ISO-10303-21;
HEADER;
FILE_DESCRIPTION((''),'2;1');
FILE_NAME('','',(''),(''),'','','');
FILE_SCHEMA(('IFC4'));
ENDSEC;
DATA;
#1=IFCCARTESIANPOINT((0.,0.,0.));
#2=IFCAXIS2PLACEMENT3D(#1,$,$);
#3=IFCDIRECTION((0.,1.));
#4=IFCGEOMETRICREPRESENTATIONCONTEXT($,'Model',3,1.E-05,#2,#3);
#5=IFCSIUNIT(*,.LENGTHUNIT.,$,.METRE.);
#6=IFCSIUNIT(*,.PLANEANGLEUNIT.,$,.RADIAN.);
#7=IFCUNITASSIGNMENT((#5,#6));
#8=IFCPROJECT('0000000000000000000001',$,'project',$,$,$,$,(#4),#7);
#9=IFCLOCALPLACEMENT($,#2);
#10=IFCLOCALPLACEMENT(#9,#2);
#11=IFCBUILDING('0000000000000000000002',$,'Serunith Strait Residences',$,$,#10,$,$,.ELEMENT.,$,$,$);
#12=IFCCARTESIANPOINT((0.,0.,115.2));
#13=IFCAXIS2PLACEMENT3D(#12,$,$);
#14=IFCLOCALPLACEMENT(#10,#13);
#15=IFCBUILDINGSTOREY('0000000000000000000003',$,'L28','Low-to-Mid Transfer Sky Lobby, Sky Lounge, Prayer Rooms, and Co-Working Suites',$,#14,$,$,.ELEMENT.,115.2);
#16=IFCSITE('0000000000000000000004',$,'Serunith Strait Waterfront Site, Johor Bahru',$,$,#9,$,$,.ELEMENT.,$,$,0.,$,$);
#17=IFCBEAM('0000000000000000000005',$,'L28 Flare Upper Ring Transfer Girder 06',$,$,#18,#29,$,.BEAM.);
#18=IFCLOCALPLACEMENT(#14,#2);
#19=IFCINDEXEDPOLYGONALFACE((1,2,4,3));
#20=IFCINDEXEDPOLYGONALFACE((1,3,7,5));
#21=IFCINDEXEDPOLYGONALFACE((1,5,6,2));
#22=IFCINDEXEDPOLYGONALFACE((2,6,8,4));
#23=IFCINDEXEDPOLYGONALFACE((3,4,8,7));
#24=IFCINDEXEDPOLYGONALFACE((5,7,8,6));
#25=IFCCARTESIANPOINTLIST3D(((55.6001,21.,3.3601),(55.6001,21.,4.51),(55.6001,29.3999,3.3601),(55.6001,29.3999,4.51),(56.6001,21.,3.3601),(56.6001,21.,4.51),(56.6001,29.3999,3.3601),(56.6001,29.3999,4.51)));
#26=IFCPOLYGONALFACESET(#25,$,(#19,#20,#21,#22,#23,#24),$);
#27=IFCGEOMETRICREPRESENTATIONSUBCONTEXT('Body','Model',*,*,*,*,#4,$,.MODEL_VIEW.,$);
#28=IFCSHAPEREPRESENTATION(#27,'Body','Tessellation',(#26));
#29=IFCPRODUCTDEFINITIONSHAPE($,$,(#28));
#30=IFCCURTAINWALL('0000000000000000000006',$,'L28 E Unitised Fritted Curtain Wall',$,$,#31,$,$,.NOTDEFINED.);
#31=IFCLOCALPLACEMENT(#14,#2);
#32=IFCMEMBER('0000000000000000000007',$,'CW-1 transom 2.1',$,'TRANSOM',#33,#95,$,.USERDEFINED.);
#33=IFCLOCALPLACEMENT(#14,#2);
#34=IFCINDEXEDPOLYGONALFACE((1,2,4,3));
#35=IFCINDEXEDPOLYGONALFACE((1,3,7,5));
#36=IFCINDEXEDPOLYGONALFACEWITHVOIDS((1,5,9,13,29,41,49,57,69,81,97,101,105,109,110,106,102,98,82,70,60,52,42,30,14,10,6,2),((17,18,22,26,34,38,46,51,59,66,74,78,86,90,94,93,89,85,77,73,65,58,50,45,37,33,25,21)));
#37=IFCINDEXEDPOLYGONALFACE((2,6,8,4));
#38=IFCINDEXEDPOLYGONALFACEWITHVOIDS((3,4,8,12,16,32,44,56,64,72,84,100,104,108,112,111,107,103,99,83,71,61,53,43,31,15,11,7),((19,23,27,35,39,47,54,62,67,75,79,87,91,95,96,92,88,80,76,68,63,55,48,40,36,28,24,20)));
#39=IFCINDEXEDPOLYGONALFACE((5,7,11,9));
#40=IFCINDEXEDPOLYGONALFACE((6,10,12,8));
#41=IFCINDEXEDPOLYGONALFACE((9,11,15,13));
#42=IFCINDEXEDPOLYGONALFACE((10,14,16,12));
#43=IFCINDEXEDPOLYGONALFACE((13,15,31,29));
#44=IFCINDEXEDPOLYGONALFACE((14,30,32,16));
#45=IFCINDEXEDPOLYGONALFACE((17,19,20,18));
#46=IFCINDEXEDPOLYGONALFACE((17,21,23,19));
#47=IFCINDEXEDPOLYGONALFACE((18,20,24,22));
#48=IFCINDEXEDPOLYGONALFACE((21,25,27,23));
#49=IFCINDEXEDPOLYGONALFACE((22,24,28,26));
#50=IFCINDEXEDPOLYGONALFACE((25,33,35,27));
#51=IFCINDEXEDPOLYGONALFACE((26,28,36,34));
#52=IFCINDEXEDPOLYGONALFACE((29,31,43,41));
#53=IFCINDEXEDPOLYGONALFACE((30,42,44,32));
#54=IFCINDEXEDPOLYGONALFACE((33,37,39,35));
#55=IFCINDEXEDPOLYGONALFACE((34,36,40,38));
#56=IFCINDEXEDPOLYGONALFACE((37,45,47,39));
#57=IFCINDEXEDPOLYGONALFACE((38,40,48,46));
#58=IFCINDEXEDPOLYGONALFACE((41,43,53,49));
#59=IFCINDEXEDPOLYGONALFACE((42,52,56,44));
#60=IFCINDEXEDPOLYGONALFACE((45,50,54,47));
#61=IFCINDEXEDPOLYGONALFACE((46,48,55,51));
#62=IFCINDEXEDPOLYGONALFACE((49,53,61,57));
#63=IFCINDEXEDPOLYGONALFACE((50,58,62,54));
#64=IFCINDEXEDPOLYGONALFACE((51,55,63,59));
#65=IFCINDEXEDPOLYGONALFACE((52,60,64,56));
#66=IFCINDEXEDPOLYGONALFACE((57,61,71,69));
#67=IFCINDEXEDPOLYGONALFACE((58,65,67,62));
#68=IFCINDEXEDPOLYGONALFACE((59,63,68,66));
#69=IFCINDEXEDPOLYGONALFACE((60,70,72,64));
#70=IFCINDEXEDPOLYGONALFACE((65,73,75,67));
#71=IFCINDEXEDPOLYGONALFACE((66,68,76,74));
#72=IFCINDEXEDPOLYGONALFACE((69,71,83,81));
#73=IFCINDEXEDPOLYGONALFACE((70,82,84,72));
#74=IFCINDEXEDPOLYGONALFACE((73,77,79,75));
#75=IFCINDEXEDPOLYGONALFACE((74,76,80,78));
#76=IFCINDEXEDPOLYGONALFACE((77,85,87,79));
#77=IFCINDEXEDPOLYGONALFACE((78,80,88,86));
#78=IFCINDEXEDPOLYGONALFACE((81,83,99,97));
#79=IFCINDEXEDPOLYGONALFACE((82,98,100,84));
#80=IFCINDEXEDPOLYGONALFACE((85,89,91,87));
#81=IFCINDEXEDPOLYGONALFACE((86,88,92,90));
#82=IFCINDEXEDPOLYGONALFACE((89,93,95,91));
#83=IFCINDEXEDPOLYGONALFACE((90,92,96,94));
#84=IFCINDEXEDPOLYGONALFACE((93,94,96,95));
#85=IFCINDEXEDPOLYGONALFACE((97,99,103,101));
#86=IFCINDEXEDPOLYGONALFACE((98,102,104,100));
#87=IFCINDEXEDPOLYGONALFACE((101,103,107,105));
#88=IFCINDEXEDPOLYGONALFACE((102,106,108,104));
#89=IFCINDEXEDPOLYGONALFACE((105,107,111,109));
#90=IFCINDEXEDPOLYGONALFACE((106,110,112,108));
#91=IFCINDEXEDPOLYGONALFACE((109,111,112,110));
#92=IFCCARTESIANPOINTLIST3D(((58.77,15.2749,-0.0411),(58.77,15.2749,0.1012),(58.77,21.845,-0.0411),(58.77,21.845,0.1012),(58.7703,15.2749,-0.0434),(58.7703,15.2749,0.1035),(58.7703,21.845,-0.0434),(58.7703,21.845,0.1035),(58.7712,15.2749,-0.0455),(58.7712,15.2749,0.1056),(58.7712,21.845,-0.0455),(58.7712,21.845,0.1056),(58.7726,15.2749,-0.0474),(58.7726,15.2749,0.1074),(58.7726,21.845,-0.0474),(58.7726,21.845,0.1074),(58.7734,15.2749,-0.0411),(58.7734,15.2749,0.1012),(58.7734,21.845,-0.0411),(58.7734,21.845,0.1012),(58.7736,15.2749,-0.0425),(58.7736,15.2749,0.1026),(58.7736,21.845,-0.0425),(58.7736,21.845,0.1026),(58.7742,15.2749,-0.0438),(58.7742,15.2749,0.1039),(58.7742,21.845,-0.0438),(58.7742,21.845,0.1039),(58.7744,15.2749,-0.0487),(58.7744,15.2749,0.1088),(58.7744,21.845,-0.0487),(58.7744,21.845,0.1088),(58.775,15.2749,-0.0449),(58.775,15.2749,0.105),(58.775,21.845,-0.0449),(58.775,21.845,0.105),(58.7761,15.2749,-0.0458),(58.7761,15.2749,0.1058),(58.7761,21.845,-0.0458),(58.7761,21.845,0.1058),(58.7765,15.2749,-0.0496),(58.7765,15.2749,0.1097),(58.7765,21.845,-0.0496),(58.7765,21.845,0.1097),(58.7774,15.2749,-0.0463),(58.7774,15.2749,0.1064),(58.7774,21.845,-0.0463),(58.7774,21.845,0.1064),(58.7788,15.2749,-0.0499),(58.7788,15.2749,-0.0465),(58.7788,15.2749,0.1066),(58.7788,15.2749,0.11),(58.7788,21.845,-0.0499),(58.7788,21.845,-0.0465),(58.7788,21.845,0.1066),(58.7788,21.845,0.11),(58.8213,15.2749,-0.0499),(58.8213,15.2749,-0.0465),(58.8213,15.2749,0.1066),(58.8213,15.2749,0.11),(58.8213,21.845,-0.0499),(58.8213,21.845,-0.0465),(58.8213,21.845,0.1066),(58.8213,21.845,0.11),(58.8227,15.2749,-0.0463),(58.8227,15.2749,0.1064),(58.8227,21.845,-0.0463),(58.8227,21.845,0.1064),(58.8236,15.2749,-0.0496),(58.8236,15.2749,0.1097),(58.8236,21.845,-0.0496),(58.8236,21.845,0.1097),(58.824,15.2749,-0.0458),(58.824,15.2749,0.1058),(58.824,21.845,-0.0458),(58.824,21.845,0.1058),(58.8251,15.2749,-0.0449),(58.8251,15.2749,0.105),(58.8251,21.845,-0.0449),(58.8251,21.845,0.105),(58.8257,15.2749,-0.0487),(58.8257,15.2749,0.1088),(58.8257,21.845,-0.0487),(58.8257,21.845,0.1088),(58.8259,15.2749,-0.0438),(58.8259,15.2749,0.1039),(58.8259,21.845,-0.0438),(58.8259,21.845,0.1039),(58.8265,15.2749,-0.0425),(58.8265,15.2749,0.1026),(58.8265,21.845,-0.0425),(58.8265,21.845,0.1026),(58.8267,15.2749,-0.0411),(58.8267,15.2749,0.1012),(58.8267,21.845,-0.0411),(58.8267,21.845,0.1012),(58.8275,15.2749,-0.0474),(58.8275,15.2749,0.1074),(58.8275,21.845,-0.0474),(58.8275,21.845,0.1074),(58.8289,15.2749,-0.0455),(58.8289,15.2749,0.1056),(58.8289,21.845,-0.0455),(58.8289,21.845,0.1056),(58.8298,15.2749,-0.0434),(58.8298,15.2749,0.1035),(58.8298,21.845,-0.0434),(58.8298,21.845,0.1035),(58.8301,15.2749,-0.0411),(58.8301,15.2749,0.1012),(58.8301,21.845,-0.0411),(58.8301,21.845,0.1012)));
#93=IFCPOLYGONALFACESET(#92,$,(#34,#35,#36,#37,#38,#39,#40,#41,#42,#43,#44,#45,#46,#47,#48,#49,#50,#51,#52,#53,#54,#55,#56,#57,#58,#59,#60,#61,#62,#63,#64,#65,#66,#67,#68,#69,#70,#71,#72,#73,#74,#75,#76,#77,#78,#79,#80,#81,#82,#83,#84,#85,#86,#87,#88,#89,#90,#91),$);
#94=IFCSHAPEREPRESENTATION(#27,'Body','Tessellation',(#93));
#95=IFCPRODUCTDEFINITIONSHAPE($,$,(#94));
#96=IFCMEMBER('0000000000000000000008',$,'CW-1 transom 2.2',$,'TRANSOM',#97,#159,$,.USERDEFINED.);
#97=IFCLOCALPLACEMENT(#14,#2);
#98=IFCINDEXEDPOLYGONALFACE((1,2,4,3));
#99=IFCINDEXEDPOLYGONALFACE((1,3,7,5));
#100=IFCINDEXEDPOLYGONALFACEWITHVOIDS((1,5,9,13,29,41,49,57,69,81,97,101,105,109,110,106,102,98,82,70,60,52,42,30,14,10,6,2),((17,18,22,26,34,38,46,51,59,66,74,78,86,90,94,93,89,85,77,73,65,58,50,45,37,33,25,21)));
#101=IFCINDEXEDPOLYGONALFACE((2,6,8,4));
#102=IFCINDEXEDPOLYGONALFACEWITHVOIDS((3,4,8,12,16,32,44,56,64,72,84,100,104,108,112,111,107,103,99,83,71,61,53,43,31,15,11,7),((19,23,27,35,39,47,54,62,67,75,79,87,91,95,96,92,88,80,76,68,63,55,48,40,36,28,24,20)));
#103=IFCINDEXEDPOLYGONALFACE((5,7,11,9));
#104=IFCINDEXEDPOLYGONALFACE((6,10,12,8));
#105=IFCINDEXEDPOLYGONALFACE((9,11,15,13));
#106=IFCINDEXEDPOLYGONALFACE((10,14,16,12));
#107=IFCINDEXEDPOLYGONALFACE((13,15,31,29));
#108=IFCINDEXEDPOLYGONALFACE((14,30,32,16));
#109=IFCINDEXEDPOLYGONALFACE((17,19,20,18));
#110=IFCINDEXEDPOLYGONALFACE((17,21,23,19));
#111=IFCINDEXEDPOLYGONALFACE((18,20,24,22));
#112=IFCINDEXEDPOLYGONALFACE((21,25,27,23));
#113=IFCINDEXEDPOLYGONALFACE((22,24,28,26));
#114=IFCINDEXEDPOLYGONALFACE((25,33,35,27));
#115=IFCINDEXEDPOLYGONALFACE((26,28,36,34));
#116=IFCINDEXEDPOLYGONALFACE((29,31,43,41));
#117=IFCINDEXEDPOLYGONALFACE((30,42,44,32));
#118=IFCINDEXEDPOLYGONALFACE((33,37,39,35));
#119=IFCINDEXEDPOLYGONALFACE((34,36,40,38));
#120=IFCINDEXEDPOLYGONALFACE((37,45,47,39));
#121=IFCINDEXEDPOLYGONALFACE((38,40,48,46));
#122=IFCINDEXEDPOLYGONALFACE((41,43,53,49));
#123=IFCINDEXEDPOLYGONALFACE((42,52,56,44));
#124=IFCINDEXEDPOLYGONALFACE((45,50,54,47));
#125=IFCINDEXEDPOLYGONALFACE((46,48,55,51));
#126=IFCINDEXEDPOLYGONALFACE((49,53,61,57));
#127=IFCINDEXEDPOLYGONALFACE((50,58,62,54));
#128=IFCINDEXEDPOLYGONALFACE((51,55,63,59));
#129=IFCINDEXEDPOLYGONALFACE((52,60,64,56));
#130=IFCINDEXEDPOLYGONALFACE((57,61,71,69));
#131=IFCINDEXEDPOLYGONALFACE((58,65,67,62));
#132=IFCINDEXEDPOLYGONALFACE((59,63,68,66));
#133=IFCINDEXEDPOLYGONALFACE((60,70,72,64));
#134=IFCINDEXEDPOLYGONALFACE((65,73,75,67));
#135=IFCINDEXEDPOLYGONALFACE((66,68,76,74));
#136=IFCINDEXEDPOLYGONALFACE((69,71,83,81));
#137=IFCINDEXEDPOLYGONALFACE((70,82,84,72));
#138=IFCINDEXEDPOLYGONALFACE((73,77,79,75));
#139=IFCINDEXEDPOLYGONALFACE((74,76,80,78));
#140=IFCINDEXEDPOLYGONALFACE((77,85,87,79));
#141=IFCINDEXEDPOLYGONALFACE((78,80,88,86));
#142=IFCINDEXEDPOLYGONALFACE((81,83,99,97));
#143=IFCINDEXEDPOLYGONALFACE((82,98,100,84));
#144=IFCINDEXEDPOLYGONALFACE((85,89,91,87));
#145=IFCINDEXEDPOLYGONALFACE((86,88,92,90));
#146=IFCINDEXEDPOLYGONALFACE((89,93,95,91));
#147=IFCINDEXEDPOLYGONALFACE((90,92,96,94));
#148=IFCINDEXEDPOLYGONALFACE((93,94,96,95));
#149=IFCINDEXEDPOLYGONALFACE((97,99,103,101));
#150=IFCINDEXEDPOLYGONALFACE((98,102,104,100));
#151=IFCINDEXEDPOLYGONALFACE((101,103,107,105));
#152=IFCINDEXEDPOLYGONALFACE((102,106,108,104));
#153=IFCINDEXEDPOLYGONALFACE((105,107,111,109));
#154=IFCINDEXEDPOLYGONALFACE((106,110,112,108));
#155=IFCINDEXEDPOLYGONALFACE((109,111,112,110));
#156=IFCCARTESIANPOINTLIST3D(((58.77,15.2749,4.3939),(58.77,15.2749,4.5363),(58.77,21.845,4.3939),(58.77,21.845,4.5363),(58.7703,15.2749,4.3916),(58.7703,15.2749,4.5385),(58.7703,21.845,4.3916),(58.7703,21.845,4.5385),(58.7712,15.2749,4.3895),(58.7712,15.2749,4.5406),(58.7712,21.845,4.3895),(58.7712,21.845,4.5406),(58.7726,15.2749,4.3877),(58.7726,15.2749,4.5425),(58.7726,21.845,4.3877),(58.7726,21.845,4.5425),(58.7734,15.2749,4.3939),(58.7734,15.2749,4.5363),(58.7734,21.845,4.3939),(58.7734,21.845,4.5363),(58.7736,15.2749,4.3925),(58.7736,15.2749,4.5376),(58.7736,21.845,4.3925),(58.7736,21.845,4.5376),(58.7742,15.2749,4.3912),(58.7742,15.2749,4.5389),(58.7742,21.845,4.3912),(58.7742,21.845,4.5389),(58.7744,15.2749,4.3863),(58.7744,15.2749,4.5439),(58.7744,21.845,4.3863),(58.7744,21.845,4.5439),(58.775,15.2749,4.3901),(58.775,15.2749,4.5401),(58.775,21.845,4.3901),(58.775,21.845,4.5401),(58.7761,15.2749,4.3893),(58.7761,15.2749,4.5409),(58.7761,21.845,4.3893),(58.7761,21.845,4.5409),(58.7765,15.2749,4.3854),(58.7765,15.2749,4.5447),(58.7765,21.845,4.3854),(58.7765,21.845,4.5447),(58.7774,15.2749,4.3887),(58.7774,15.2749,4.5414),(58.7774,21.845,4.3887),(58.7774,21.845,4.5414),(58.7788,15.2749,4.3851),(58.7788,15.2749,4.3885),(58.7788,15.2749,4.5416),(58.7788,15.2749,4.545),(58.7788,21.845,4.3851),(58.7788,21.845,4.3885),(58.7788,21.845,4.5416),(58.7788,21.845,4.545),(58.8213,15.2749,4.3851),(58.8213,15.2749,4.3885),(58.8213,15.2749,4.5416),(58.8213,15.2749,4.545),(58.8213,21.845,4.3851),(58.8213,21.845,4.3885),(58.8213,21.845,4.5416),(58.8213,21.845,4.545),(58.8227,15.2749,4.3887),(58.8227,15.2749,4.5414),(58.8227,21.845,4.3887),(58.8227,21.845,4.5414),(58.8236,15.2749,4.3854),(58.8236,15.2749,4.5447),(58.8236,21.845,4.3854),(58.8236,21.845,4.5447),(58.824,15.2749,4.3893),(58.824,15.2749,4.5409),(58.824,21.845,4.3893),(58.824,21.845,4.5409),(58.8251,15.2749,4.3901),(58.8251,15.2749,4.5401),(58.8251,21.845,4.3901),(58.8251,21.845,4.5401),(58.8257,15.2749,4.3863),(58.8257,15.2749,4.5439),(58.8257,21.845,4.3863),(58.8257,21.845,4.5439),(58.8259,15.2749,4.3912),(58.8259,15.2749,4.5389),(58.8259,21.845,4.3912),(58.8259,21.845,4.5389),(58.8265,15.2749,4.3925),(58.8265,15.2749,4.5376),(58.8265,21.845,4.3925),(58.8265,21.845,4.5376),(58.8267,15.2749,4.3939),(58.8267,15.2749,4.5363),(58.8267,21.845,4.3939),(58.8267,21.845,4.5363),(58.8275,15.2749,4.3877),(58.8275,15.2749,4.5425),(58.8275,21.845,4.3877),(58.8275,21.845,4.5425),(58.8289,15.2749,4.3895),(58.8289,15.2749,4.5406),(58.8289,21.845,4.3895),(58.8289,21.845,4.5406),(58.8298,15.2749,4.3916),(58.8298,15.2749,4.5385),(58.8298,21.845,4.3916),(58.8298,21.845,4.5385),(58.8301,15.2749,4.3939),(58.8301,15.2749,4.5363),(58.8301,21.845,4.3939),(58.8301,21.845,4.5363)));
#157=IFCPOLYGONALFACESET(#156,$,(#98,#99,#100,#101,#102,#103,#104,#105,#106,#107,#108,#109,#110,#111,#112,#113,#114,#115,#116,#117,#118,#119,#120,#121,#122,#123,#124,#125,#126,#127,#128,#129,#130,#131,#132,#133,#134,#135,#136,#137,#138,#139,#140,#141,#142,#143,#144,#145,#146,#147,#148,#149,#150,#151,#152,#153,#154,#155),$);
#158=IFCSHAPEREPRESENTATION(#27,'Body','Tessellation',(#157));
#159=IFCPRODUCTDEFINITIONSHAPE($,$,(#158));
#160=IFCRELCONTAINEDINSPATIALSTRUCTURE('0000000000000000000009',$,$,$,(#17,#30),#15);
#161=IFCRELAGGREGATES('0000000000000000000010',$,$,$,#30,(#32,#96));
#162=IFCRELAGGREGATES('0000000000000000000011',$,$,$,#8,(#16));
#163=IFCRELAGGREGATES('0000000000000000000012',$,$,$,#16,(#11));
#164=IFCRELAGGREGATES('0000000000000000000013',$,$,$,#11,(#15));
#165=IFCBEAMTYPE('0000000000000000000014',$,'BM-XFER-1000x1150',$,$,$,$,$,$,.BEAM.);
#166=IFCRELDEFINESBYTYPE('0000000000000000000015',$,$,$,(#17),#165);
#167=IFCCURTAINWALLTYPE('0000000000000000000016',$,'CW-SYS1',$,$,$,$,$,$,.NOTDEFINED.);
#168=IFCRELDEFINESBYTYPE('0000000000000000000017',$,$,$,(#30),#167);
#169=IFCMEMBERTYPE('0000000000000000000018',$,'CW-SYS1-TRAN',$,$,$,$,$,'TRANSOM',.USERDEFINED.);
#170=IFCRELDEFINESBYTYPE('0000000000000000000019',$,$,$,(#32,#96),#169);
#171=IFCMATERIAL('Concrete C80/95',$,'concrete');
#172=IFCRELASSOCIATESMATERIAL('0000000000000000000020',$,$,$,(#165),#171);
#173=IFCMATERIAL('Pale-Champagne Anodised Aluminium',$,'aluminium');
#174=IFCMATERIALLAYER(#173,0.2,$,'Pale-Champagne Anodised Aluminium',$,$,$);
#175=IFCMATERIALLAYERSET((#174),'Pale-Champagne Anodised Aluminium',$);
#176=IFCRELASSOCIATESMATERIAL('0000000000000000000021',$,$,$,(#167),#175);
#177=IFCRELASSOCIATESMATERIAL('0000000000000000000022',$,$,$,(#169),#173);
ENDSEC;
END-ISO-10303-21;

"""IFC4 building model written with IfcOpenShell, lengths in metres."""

from ifc_helpers import new_model, si_unit, direction, frame, origin, origin_2d, place, context, subcontext, project, spatial, rectangle, hollow_rectangle, extrude, source, transform, mapped, material, layer, layer_set, material_profile, profile_set, type_object, element, aggregate, save


model = new_model("IFC4")

# Units and contexts
model_context = context("Model", 3, precision=1e-05, world=origin(), true_north=direction((0.0, 1.0)))
body_context = subcontext(model_context, "Body", "Model", "MODEL_VIEW")
ifc_project = project(units=[si_unit("LENGTHUNIT", "METRE"), si_unit("PLANEANGLEUNIT", "RADIAN")], contexts=[model_context])

# Site, building, storey
site_placement = place(None, origin())
site = spatial("IfcSite", under=ifc_project, at=site_placement, Name="Serunith Strait Waterfront Site, Johor Bahru", CompositionType="ELEMENT", RefElevation=0.0)
building_placement = place(site_placement, origin())
building = spatial("IfcBuilding", under=site, at=building_placement, Name="Serunith Strait Residences", CompositionType="ELEMENT")
storey_placement = place(building_placement, frame((0.0, 0.0, 115.2)))
storey = spatial("IfcBuildingStorey", under=building, at=storey_placement, Name="L28", Description="Low-to-Mid Transfer Sky Lobby, Sky Lounge, Prayer Rooms, and Co-Working Suites", CompositionType="ELEMENT", Elevation=115.2)

# Shared definitions
ifc_material_1 = material(Name="Concrete C80/95", Category="concrete")

# Beam
ifc_material_profile_1 = material_profile(ifc_material_1, rectangle(XDim=1.0, YDim=1.1499, at=origin_2d()), Name="RC 1000x1150")
ifc_profile_set_1 = profile_set([ifc_material_profile_1], Name="Concrete C80/95")
beam_type_1 = type_object("IfcBeamType", Name="BM-XFER-1000x1150", PredefinedType="BEAM", material=ifc_profile_set_1)
shared_shape_1 = source(origin(), body_context, "Body", "SweptSolid", [
    extrude(rectangle(XDim=1.0, YDim=1.1499, at=origin_2d()), origin(), (0.0, 0.0, 1.0), 8.3999),
])
beam_1_placement = place(storey_placement, frame((56.1001, 21.0, 3.9351), z_axis=(0.0, 1.0, 0.0), x_axis=(-1.0, 0.0, 0.0)))
element("IfcBeam", 1, at=beam_1_placement, inside=storey, type_object=beam_type_1, Name="L28 Flare Upper Ring Transfer Girder 06", PredefinedType="BEAM", context=body_context, shape_type="MappedRepresentation", body=[
    mapped(shared_shape_1, transform((0.0, 0.0, 0.0), scale=1.0)),
])

# Curtain wall, members
ifc_material_2 = material(Name="Pale-Champagne Anodised Aluminium", Category="aluminium")
ifc_layer_1 = layer(ifc_material_2, 0.2, Name="Pale-Champagne Anodised Aluminium")
ifc_layer_set_1 = layer_set([ifc_layer_1], Name="Pale-Champagne Anodised Aluminium")
curtain_wall_type = type_object("IfcCurtainWallType", Name="CW-SYS1", PredefinedType="NOTDEFINED", material=ifc_layer_set_1)
curtain_wall_placement = place(storey_placement, origin())
curtain_wall = element("IfcCurtainWall", 2, at=curtain_wall_placement, inside=storey, type_object=curtain_wall_type, Name="L28 E Unitised Fritted Curtain Wall", PredefinedType="NOTDEFINED")
ifc_material_profile_2 = material_profile(ifc_material_2, hollow_rectangle(XDim=0.0601, YDim=0.1599, WallThickness=0.0034, InnerFilletRadius=0.0054, OuterFilletRadius=0.0088, at=origin_2d()), Name="ALU 160x60x3.5")
ifc_profile_set_2 = profile_set([ifc_material_profile_2], Name="Pale-Champagne Anodised Aluminium")
member_type_1 = type_object("IfcMemberType", Name="CW-SYS1-TRAN", ElementType="TRANSOM", PredefinedType="USERDEFINED", material=ifc_profile_set_2)
shared_shape_2 = source(origin(), body_context, "Body", "SweptSolid", [
    extrude(hollow_rectangle(XDim=0.0601, YDim=0.1599, WallThickness=0.0034, InnerFilletRadius=0.0054, OuterFilletRadius=0.0088, at=origin_2d()), origin(), (0.0, 0.0, 1.0), 6.5701),
])
member_1_placement = place(storey_placement, frame((58.8, 15.2749, 0.03), z_axis=(0.0, 1.0, 0.0), x_axis=(-1.0, 0.0, 0.0)))
member_1 = element("IfcMember", 3, at=member_1_placement, type_object=member_type_1, Name="CW-1 transom 2.1", ObjectType="TRANSOM", PredefinedType="USERDEFINED", context=body_context, shape_type="MappedRepresentation", body=[
    mapped(shared_shape_2, transform((0.0, 0.0, 0.0), scale=1.0)),
])
member_2_placement = place(storey_placement, frame((58.8, 15.2749, 4.4651), z_axis=(0.0, 1.0, 0.0), x_axis=(-1.0, 0.0, 0.0)))
member_2 = element("IfcMember", 4, at=member_2_placement, type_object=member_type_1, Name="CW-1 transom 2.2", ObjectType="TRANSOM", PredefinedType="USERDEFINED", context=body_context, shape_type="MappedRepresentation", body=[
    mapped(shared_shape_2, transform((0.0, 0.0, 0.0), scale=1.0)),
])
aggregate(curtain_wall, [member_1, member_2])

save(model, "model.ifc")
